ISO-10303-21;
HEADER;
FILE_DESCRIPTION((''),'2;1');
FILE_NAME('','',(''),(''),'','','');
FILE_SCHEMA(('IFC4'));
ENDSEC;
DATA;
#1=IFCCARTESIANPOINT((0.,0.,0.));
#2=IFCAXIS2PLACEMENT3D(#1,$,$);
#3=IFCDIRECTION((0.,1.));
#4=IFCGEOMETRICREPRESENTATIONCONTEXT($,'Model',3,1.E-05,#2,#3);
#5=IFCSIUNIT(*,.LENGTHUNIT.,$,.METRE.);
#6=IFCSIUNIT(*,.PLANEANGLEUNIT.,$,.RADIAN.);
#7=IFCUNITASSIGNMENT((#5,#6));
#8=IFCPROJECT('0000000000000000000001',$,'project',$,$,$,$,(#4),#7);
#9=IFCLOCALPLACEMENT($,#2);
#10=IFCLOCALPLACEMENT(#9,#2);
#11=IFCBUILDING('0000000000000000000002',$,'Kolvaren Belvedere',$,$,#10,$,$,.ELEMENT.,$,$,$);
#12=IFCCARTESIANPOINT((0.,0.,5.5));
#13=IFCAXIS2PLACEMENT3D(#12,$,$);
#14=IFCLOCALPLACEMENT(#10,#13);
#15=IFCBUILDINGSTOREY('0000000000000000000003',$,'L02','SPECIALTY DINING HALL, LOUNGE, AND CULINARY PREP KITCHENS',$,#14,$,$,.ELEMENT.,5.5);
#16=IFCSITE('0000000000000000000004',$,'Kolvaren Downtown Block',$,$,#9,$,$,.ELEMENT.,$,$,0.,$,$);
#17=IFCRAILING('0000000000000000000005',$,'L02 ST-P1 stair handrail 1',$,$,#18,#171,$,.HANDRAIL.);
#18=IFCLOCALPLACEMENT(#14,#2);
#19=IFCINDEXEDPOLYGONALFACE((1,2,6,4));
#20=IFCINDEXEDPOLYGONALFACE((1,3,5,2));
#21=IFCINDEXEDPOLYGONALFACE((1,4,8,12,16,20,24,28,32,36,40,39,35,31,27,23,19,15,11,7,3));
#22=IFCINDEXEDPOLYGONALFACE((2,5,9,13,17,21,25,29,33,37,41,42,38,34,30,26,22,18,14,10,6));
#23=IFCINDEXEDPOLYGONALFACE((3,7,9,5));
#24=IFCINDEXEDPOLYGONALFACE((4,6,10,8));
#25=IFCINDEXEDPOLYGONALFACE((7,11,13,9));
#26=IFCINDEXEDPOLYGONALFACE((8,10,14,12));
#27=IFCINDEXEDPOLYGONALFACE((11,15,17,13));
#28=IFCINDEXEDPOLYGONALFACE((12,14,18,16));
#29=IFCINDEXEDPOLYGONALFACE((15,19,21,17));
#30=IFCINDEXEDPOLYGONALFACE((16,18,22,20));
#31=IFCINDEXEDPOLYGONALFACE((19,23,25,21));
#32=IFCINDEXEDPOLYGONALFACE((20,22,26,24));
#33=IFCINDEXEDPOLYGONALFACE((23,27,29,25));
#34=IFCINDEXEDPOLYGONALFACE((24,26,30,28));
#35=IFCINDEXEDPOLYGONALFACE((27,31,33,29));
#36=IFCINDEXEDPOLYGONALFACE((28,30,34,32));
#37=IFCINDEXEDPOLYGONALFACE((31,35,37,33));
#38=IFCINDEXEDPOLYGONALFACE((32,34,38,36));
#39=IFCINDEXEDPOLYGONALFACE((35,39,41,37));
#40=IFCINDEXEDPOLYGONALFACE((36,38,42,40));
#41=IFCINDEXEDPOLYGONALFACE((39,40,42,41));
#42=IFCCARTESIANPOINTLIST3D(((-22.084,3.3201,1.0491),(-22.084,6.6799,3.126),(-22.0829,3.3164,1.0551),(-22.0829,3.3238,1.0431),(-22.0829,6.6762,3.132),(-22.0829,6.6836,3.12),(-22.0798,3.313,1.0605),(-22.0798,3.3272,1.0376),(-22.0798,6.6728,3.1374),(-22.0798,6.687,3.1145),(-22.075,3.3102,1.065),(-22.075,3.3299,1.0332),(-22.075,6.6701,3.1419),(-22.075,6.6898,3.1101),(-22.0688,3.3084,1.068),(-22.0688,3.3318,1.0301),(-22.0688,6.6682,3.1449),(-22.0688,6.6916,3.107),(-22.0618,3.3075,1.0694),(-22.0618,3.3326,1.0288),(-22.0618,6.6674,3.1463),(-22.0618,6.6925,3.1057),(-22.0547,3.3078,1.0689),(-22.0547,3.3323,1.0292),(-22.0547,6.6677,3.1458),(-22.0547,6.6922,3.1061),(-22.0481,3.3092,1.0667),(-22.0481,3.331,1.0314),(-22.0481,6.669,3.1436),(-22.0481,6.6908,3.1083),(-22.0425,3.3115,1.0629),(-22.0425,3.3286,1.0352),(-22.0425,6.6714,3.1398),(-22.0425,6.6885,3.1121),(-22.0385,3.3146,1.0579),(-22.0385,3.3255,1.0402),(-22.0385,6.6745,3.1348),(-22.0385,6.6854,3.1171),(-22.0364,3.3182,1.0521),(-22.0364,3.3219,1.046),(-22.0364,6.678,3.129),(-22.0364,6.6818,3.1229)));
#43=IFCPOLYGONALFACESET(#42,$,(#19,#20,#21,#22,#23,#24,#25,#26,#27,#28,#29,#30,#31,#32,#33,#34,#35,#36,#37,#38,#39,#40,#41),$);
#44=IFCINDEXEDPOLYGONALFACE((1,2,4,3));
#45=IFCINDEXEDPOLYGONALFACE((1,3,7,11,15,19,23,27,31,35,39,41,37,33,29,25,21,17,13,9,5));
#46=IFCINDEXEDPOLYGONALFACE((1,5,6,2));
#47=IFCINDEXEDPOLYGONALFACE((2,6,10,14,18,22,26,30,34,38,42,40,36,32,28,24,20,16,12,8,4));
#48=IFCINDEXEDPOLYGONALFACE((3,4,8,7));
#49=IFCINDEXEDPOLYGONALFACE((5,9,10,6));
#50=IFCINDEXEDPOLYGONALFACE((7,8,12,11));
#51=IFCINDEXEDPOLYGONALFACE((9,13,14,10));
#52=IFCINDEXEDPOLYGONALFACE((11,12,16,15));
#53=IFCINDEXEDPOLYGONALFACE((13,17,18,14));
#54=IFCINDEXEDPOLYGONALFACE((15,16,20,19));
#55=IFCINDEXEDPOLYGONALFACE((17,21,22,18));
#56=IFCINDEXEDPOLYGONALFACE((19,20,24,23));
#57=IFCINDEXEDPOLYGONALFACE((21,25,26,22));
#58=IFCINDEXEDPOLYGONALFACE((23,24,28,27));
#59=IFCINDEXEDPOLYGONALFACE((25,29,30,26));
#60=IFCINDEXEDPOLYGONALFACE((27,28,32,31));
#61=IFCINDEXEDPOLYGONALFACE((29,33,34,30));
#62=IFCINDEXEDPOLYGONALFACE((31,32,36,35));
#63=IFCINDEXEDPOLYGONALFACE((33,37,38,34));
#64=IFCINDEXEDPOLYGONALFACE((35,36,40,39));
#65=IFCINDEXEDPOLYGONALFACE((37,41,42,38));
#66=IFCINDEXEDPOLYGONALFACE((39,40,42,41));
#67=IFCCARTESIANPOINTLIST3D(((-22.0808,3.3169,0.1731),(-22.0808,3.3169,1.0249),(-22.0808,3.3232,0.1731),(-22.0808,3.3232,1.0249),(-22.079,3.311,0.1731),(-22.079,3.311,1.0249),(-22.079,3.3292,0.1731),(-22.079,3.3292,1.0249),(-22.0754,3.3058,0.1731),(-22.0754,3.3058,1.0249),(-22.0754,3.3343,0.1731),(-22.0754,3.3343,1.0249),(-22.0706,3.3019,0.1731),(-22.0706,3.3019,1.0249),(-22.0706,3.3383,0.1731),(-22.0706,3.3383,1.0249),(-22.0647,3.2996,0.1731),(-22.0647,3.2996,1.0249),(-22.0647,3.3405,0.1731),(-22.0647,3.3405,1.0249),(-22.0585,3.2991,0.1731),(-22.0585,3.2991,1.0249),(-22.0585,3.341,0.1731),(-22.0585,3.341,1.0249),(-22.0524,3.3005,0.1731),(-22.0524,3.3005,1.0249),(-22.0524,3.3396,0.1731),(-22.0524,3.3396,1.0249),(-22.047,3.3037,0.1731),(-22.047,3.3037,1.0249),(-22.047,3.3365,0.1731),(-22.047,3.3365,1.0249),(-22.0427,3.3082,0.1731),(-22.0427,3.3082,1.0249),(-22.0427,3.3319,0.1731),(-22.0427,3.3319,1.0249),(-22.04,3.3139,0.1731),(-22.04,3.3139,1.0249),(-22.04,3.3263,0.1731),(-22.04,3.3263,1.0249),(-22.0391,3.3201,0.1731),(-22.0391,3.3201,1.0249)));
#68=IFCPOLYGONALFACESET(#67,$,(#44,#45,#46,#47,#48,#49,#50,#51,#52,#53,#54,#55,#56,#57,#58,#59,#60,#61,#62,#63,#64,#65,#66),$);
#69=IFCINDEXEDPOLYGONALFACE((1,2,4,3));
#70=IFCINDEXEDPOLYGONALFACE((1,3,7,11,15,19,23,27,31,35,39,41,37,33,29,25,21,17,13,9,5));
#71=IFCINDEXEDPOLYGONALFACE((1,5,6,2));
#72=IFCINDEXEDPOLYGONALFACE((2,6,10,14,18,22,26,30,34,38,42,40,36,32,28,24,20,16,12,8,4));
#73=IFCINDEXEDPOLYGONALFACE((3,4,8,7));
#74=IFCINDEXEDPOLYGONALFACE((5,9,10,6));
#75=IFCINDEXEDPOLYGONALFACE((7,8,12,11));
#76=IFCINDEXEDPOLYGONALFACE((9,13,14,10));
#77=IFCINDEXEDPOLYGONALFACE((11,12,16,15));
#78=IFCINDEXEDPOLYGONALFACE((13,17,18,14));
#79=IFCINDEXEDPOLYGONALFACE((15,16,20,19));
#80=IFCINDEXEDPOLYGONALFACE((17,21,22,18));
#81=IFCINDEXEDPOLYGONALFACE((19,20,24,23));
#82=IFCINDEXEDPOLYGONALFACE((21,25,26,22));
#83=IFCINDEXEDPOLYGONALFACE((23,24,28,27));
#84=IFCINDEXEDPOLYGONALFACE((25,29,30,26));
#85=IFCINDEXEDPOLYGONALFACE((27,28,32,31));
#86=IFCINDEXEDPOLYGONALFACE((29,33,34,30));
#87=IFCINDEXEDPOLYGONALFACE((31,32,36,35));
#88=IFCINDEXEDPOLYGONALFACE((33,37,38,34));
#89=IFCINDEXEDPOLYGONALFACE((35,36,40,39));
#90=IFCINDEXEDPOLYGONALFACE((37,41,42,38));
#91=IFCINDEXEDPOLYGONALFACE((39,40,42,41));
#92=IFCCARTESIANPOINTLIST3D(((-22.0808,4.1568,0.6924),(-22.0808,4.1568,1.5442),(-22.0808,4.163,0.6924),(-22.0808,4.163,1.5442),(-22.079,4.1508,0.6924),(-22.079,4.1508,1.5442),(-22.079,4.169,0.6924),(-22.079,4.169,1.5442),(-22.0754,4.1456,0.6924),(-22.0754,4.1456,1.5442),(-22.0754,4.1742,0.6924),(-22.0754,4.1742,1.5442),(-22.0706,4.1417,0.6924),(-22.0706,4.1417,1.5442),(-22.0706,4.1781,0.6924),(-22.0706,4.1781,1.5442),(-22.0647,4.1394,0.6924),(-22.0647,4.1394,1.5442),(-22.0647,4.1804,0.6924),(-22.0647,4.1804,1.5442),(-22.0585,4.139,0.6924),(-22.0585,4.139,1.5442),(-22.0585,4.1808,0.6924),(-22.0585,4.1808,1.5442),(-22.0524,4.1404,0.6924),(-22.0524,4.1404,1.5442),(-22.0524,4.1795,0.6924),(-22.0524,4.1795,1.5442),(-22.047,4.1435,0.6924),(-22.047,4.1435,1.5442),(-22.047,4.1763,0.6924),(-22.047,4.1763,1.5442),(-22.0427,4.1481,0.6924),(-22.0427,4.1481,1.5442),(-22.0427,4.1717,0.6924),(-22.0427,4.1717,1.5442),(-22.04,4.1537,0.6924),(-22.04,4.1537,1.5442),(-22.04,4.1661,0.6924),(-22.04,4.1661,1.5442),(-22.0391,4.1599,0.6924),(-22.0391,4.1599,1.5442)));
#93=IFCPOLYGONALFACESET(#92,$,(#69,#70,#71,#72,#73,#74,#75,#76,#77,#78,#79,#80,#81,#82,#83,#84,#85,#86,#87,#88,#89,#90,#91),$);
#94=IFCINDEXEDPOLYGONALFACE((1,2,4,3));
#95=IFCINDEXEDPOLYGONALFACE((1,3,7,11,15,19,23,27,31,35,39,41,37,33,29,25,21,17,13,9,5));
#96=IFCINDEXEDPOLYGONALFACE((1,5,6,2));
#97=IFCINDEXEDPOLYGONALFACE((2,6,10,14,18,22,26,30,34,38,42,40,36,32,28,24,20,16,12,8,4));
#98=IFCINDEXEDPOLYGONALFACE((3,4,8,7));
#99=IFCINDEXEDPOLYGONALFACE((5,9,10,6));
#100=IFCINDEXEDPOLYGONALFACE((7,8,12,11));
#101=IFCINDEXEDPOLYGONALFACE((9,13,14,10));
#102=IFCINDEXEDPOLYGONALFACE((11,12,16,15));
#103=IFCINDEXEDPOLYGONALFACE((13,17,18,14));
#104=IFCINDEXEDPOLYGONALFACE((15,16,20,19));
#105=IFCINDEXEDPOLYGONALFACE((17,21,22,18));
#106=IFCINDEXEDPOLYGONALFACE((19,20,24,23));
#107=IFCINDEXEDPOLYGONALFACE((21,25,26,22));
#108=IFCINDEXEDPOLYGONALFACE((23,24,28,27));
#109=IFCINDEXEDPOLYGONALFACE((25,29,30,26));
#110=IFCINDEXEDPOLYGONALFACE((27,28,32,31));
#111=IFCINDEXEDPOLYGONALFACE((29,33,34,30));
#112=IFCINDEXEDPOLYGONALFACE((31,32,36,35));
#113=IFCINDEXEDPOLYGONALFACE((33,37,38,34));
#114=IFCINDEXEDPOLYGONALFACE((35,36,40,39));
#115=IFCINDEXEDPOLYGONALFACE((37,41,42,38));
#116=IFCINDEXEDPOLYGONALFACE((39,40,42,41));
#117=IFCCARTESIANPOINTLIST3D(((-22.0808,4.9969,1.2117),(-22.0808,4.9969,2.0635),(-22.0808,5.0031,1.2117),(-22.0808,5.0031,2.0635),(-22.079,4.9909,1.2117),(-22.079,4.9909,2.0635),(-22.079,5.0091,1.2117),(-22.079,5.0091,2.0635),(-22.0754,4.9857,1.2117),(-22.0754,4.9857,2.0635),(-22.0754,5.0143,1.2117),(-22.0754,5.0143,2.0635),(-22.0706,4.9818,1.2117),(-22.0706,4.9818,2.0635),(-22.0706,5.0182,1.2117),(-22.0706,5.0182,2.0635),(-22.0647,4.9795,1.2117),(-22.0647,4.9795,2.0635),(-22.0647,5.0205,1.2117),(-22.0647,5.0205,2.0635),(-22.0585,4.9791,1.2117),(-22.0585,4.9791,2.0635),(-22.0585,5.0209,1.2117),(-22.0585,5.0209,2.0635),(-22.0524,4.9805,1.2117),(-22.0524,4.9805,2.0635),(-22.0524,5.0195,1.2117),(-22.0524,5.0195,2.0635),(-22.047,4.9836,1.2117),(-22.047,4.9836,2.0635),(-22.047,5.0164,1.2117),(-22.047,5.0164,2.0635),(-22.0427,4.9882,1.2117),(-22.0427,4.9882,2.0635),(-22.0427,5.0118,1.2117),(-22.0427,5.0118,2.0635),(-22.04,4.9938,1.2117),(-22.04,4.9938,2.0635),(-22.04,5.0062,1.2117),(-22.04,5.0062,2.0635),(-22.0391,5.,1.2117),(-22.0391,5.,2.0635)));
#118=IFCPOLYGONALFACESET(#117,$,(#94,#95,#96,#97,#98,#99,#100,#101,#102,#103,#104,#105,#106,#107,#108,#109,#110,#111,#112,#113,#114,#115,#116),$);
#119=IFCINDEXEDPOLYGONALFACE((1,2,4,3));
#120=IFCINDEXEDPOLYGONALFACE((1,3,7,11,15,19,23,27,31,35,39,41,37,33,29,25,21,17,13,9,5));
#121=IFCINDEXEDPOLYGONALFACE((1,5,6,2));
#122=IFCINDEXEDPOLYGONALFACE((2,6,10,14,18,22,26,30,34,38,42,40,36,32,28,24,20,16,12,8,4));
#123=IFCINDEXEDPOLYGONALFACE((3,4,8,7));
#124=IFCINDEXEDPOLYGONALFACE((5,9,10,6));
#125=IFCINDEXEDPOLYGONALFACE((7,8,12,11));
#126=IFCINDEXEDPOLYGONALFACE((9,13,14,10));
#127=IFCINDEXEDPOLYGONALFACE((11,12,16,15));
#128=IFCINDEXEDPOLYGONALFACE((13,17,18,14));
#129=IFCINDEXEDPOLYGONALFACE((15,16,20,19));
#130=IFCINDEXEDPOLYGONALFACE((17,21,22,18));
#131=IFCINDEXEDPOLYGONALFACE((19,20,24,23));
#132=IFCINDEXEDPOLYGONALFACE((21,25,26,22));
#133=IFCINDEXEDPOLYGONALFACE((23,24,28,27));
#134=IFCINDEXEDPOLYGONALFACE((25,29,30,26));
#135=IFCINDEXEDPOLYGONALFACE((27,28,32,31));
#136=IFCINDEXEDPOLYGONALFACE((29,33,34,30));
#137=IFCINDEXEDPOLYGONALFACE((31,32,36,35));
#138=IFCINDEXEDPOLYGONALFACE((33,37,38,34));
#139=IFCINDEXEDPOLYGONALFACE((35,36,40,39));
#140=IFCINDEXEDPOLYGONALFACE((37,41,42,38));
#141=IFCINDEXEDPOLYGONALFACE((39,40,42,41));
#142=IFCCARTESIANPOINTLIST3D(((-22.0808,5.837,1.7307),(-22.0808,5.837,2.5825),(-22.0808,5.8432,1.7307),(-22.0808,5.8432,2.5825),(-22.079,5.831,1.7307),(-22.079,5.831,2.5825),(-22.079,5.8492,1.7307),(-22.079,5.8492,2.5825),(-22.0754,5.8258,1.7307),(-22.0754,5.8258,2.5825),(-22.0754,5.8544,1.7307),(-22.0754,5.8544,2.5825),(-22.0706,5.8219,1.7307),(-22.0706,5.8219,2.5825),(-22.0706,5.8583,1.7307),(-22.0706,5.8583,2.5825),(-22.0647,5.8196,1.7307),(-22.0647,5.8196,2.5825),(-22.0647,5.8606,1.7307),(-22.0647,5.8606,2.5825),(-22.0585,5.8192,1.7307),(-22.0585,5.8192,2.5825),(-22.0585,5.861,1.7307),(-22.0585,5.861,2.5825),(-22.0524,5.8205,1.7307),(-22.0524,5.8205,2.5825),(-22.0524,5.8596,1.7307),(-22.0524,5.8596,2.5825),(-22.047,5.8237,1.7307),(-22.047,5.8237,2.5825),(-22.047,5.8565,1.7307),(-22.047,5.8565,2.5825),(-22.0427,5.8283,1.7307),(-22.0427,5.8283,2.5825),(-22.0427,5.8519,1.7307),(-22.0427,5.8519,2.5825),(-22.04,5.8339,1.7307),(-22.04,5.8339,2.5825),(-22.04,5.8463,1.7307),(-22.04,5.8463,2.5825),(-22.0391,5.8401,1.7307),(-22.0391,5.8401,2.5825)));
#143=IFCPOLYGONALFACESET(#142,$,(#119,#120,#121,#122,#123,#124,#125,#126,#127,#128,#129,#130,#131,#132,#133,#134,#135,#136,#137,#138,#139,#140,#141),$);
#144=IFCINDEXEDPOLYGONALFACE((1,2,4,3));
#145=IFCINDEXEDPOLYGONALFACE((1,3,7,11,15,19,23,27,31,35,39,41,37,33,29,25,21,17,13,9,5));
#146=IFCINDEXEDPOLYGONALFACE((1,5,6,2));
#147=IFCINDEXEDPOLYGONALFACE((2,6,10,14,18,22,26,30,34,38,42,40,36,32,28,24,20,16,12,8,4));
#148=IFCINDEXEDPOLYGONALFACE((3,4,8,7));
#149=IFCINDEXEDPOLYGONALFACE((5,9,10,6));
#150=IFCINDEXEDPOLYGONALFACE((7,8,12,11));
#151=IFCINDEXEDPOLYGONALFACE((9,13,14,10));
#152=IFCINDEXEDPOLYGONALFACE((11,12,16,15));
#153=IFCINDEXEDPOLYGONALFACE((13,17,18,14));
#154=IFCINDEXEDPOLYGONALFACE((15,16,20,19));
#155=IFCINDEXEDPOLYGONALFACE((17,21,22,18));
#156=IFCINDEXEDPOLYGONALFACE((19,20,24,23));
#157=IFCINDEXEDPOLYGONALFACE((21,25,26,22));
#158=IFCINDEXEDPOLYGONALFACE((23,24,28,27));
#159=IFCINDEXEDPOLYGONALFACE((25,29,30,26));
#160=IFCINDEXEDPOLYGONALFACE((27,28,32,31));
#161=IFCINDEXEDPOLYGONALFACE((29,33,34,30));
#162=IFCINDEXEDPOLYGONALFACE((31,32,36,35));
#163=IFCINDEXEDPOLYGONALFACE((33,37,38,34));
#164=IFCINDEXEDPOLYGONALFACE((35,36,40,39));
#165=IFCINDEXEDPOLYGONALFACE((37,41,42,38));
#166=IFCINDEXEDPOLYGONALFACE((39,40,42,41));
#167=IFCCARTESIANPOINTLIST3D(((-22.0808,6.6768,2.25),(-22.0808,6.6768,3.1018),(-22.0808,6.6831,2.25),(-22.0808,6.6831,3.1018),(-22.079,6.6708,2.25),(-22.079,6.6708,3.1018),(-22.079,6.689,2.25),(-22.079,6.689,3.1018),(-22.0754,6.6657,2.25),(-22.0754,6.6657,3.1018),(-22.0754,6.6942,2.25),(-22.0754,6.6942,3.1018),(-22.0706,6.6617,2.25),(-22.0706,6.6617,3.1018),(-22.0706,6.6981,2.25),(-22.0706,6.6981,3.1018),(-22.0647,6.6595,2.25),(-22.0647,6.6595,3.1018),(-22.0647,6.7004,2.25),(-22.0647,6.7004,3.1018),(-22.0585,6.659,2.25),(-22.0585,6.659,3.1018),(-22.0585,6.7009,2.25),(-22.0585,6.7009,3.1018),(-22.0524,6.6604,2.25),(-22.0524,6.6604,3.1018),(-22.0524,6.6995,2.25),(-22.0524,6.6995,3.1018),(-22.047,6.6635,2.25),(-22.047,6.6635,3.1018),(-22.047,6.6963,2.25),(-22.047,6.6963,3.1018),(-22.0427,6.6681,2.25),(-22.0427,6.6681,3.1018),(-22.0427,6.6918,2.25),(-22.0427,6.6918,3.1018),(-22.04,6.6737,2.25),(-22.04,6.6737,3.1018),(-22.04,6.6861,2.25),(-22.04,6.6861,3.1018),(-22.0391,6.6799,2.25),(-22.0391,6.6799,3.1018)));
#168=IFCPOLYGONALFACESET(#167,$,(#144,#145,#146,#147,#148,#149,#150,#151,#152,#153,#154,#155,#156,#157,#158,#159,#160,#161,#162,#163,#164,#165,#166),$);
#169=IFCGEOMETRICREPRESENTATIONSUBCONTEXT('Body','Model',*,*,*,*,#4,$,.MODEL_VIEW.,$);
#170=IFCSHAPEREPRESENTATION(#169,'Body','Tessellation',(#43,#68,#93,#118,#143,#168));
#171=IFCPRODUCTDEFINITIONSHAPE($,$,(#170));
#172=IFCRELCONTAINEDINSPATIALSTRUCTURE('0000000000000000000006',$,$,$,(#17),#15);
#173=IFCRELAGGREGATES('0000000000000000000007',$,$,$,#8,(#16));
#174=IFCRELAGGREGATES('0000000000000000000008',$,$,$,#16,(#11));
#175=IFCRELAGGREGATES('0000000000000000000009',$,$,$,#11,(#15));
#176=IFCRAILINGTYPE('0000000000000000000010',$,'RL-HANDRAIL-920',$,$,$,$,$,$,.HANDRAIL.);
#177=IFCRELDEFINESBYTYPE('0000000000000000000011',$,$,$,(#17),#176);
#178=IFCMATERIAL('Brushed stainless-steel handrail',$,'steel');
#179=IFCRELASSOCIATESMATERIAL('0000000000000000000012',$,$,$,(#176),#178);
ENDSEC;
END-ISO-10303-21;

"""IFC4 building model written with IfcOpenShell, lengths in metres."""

from ifc_helpers import new_model, si_unit, direction, frame, origin, origin_2d, place, context, subcontext, project, spatial, circle, extrude, material, type_object, element, save


model = new_model("IFC4")

# Units and contexts
model_context = context("Model", 3, precision=1e-05, world=origin(), true_north=direction((0.0, 1.0)))
body_context = subcontext(model_context, "Body", "Model", "MODEL_VIEW")
ifc_project = project(units=[si_unit("LENGTHUNIT", "METRE"), si_unit("PLANEANGLEUNIT", "RADIAN")], contexts=[model_context])

# Site, building, storey
site_placement = place(None, origin())
site = spatial("IfcSite", under=ifc_project, at=site_placement, Name="Kolvaren Downtown Block", CompositionType="ELEMENT", RefElevation=0.0)
building_placement = place(site_placement, origin())
building = spatial("IfcBuilding", under=site, at=building_placement, Name="Kolvaren Belvedere", CompositionType="ELEMENT")
storey_placement = place(building_placement, frame((0.0, 0.0, 5.5)))
storey = spatial("IfcBuildingStorey", under=building, at=storey_placement, Name="L02", Description="SPECIALTY DINING HALL, LOUNGE, AND CULINARY PREP KITCHENS", CompositionType="ELEMENT", Elevation=5.5)

# Railing
ifc_material_1 = material(Name="Brushed stainless-steel handrail", Category="steel")
railing_type_1 = type_object("IfcRailingType", Name="RL-HANDRAIL-920", PredefinedType="HANDRAIL", material=ifc_material_1)
railing_1_placement = place(storey_placement, frame((-22.0601, 3.3201, 0.1731)))
element("IfcRailing", 1, at=railing_1_placement, inside=storey, type_object=railing_type_1, Name="L02 ST-P1 stair handrail 1", PredefinedType="HANDRAIL", context=body_context, shape_type="SweptSolid", body=[
    extrude(circle(Radius=0.0239, at=origin_2d()), frame((0.0, 0.0, 0.876), z_axis=(0.0, 0.850606, 0.525803), x_axis=(-1.0, 0.0, 0.0)), (0.0, 0.0, 1.0), 3.95),
    extrude(circle(Radius=0.021, at=origin_2d()), origin(), (0.0, 0.0, 1.0), 0.8518),
    extrude(circle(Radius=0.021, at=origin_2d()), frame((0.0, 0.8398, 0.5193)), (0.0, 0.0, 1.0), 0.8518),
    extrude(circle(Radius=0.021, at=origin_2d()), frame((0.0, 1.6799, 1.0386)), (0.0, 0.0, 1.0), 0.8518),
    extrude(circle(Radius=0.021, at=origin_2d()), frame((0.0, 2.52, 1.5576)), (0.0, 0.0, 1.0), 0.8518),
    extrude(circle(Radius=0.021, at=origin_2d()), frame((0.0, 3.3599, 2.0769)), (0.0, 0.0, 1.0), 0.8518),
])

save(model, "model.ifc")
